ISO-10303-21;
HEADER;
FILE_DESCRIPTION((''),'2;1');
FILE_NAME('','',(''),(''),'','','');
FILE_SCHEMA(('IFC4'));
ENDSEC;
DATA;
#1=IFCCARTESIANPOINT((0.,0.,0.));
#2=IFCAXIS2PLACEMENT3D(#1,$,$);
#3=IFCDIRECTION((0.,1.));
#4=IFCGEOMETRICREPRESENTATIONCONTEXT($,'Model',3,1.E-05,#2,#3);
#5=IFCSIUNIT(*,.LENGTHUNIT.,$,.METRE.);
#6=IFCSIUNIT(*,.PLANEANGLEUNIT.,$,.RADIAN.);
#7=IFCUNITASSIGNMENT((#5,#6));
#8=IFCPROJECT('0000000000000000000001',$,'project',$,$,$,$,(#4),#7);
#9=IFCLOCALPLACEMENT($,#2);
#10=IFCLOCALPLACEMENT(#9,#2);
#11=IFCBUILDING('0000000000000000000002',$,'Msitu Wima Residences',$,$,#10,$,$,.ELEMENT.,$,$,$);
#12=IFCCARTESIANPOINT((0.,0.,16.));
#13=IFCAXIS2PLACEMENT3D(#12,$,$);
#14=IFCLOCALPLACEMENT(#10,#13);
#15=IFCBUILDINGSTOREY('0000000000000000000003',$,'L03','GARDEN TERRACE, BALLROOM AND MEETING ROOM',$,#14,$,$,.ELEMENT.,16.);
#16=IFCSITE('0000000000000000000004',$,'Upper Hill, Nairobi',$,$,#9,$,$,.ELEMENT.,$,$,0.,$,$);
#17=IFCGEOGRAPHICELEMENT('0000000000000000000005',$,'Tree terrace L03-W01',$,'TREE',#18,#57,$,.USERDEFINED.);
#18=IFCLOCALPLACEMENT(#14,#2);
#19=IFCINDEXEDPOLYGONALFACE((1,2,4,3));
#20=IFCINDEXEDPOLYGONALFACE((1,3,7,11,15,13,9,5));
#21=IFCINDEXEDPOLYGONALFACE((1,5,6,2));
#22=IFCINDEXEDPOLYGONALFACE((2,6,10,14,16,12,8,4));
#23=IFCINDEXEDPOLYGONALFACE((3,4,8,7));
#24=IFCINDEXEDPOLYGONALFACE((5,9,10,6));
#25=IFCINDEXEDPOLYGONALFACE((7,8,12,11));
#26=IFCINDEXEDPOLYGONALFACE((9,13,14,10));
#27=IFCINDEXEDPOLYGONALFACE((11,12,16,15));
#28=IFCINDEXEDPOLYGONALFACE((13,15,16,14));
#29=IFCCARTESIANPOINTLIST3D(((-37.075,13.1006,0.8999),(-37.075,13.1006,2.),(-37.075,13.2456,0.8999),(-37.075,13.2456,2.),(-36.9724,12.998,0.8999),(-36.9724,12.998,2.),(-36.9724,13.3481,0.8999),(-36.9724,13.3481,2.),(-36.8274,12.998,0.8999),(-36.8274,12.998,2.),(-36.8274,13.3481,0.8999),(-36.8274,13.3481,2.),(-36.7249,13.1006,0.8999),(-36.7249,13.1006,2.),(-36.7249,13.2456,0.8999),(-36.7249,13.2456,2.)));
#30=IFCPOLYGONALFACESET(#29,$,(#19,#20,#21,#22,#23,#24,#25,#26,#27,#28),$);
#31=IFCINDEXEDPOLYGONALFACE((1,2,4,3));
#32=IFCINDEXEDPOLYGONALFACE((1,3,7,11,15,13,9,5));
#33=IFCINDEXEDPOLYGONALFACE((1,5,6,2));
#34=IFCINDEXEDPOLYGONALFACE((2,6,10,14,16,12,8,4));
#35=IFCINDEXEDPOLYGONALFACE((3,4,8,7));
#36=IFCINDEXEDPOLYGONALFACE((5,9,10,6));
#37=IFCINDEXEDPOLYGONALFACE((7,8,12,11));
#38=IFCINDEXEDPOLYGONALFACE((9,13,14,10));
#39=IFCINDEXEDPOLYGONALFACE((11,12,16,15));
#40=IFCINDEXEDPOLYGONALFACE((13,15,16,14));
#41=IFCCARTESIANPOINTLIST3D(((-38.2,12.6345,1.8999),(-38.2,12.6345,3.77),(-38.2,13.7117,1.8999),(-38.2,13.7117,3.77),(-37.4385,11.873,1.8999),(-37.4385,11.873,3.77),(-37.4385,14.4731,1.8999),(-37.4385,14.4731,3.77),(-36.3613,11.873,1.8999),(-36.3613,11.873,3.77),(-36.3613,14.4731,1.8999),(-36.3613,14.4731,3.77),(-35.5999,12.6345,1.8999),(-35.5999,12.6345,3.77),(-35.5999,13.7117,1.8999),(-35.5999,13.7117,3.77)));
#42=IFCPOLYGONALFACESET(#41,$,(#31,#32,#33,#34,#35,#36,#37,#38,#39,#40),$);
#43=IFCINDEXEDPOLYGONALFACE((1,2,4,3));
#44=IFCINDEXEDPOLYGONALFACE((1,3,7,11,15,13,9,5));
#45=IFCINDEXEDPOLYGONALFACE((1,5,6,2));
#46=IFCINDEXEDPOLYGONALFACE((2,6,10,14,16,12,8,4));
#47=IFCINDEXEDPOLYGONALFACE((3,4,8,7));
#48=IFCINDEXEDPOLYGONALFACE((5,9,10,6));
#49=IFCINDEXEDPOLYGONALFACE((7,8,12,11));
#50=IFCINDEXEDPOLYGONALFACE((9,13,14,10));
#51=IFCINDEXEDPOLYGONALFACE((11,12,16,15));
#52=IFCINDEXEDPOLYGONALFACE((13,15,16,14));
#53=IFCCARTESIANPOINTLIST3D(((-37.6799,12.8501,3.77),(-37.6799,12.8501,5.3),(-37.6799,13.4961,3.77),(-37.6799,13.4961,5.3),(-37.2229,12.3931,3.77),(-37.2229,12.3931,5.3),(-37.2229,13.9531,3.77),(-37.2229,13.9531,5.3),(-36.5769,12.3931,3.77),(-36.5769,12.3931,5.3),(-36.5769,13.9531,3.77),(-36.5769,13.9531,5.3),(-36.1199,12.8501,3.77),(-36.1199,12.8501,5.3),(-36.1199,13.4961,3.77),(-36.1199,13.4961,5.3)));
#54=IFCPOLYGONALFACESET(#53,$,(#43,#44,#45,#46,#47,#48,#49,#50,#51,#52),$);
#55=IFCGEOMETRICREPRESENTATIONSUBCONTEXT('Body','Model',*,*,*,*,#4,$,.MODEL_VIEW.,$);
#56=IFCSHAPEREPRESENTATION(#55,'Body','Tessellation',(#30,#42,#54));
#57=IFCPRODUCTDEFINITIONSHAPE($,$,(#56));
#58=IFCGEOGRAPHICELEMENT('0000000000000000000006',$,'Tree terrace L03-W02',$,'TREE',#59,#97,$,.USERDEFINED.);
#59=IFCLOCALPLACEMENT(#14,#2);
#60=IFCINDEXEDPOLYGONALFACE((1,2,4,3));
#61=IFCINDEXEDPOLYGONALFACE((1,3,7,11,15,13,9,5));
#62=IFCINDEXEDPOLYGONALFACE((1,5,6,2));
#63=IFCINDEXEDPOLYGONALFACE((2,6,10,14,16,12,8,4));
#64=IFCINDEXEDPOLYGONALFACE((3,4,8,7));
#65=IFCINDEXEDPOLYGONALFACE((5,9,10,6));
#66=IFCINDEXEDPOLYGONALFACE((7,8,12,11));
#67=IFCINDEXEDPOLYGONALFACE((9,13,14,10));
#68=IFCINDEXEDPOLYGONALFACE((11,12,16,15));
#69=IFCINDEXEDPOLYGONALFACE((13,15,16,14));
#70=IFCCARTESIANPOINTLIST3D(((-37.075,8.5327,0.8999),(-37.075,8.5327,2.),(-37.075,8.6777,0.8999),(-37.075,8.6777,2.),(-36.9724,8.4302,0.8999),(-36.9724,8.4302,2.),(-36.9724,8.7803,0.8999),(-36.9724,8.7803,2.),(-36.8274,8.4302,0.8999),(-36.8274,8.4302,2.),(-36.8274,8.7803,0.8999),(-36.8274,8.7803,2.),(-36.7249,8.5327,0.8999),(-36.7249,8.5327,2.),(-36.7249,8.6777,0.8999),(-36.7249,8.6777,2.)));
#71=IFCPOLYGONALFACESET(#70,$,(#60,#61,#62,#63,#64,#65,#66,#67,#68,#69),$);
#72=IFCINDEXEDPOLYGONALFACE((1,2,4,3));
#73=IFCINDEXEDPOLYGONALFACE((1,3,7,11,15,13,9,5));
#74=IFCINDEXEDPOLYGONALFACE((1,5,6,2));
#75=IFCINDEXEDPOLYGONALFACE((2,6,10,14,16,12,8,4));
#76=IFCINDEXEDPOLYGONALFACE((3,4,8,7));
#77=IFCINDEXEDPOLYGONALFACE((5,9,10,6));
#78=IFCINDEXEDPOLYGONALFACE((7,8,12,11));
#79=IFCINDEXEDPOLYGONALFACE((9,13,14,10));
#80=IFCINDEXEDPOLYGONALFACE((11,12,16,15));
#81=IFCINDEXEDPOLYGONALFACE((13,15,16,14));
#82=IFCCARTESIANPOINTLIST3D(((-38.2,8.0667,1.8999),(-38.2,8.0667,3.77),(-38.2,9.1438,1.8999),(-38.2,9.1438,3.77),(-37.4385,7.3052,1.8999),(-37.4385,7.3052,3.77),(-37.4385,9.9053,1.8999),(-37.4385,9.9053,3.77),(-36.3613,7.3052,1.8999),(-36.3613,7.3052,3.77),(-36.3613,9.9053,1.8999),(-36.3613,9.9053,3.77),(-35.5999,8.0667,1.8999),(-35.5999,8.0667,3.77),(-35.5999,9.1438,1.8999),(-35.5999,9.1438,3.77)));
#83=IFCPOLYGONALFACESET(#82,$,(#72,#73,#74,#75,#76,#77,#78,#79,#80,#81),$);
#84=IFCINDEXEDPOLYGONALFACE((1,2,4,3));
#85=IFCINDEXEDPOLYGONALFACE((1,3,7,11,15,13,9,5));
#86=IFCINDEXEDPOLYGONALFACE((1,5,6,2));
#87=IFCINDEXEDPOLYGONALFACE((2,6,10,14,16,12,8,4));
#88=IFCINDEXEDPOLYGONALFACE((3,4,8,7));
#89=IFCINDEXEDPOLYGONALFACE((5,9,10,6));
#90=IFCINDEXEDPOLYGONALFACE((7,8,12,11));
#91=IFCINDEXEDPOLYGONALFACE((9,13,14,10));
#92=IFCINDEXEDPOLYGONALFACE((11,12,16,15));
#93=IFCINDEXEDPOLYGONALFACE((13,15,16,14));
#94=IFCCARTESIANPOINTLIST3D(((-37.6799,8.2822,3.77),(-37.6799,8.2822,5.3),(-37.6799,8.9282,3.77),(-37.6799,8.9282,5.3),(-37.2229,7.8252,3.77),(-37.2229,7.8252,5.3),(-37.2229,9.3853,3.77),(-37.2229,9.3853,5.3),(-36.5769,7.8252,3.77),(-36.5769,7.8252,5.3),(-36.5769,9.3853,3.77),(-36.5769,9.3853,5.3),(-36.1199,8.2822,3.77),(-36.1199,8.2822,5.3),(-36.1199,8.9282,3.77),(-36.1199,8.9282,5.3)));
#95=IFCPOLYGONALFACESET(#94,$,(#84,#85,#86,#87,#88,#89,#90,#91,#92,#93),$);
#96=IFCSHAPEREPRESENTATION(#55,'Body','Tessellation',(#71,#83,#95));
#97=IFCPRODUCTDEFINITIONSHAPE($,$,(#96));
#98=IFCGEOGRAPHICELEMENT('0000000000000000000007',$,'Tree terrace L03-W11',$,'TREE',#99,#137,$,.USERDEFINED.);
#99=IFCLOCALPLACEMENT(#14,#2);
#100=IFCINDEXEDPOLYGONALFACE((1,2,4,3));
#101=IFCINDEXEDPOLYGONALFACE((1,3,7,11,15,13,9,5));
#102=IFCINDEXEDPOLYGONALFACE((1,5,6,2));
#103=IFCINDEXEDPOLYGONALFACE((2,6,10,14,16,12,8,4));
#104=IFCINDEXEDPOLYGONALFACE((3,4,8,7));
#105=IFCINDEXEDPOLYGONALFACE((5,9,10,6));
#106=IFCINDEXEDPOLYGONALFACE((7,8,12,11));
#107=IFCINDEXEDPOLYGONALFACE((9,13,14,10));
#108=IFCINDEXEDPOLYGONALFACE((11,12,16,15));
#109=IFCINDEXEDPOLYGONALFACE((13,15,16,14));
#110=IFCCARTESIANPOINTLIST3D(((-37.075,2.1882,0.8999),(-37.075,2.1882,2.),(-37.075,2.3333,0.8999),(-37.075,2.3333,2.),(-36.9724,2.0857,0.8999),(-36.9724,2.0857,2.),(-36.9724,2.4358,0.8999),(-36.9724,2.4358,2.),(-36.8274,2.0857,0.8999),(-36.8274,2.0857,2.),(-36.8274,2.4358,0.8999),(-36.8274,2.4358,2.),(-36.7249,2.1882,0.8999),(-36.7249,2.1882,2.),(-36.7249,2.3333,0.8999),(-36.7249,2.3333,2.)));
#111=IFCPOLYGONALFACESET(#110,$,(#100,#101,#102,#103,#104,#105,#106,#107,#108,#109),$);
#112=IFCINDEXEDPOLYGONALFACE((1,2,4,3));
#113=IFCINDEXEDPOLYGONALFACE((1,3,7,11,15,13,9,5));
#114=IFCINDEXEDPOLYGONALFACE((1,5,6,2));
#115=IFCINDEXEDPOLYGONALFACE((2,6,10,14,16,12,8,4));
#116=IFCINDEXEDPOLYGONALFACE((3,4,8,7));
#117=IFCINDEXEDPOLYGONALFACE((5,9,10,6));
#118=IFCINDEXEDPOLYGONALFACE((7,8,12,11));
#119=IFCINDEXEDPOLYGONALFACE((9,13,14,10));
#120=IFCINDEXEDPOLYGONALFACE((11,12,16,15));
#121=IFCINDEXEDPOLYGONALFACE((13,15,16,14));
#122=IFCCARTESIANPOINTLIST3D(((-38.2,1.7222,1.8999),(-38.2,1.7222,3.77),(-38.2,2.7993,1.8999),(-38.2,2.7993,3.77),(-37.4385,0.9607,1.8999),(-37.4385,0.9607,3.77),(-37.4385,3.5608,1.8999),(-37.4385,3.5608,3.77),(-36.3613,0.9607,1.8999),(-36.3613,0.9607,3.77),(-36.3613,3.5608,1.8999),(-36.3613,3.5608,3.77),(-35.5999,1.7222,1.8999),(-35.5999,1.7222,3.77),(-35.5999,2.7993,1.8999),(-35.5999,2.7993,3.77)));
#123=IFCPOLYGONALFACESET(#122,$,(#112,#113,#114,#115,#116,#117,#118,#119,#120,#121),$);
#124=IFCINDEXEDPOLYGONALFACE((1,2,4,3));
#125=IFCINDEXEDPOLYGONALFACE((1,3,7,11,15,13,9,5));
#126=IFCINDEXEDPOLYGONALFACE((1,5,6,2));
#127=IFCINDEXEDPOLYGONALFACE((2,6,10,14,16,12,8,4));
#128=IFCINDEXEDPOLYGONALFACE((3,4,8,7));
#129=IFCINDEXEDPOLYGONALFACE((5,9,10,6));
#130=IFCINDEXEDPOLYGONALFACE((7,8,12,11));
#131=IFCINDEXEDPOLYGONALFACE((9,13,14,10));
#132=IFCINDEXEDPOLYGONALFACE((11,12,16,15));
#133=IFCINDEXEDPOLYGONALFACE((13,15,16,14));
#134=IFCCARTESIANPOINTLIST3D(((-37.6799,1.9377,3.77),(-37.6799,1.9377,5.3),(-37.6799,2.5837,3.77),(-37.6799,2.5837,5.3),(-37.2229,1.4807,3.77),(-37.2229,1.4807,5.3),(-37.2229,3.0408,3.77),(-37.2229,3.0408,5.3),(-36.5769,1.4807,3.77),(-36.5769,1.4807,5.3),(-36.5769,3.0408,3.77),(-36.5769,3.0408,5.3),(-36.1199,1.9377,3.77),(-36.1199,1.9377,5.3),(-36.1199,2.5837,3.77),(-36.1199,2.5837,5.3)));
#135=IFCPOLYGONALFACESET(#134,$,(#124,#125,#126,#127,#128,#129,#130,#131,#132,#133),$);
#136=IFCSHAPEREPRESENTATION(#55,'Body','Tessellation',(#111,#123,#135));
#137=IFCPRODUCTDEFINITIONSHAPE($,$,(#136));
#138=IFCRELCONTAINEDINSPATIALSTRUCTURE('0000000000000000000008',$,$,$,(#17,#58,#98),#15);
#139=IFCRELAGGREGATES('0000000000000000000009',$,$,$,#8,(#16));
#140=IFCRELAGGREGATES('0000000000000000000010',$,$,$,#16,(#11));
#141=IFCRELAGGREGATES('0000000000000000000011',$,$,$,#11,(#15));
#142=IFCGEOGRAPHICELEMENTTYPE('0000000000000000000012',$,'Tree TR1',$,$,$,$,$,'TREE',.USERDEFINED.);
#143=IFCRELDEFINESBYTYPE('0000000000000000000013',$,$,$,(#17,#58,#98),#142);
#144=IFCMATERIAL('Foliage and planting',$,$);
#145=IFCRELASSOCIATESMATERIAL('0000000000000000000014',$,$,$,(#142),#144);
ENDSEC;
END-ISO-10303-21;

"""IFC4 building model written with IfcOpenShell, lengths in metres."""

from ifc_helpers import new_model, si_unit, direction, frame, origin, place, context, subcontext, project, spatial, polyline, outline, extrude, material, type_object, element, save


model = new_model("IFC4")

# Units and contexts
model_context = context("Model", 3, precision=1e-05, world=origin(), true_north=direction((0.0, 1.0)))
body_context = subcontext(model_context, "Body", "Model", "MODEL_VIEW")
ifc_project = project(units=[si_unit("LENGTHUNIT", "METRE"), si_unit("PLANEANGLEUNIT", "RADIAN")], contexts=[model_context])

# Site, building, storey
site_placement = place(None, origin())
site = spatial("IfcSite", under=ifc_project, at=site_placement, Name="Upper Hill, Nairobi", CompositionType="ELEMENT", RefElevation=0.0)
building_placement = place(site_placement, origin())
building = spatial("IfcBuilding", under=site, at=building_placement, Name="Msitu Wima Residences", CompositionType="ELEMENT")
storey_placement = place(building_placement, frame((0.0, 0.0, 16.0)))
storey = spatial("IfcBuildingStorey", under=building, at=storey_placement, Name="L03", Description="GARDEN TERRACE, BALLROOM AND MEETING ROOM", CompositionType="ELEMENT", Elevation=16.0)

# Geographic elements
ifc_material_1 = material(Name="Foliage and planting")
geographic_element_type = type_object("IfcGeographicElementType", Name="Tree TR1", ElementType="TREE", PredefinedType="USERDEFINED", material=ifc_material_1)
for number, where, z_axis, x_axis, name in (
    (1, (-36.8999, 13.1731, 0.8999), (0.0, 0.0, 1.0), (1.0, 0.0, 0.0), "Tree terrace L03-W01"),
    (2, (-36.8999, 8.6052, 0.8999), (0.0, 0.0, 1.0), (1.0, 0.0, 0.0), "Tree terrace L03-W02"),
    (3, (-36.8999, 2.2607, 0.8999), (0.0, 0.0, 1.0), (1.0, 0.0, 0.0), "Tree terrace L03-W11"),
):
    element("IfcGeographicElement", number, at=place(storey_placement, frame(where, z_axis=z_axis, x_axis=x_axis)), inside=storey, type_object=geographic_element_type, Name=name, ObjectType="TREE", PredefinedType="USERDEFINED", context=body_context, shape_type="SweptSolid", body=[
        extrude(outline(polyline([(0.175, 0.0725), (0.0725, 0.175), (-0.0725, 0.175), (-0.175, 0.0725), (-0.175, -0.0725), (-0.0725, -0.175), (0.0725, -0.175), (0.175, -0.0725), (0.175, 0.0725)])), origin(), (0.0, 0.0, 1.0), 1.1001),
        extrude(outline(polyline([(1.3, 0.5386), (0.5386, 1.3), (-0.5386, 1.3), (-1.3, 0.5386), (-1.3, -0.5386), (-0.5386, -1.3), (0.5386, -1.3), (1.3, -0.5386), (1.3, 0.5386)])), frame((0.0, 0.0, 1.0)), (0.0, 0.0, 1.0), 1.8701),
        extrude(outline(polyline([(0.78, 0.323), (0.323, 0.78), (-0.323, 0.78), (-0.78, 0.323), (-0.78, -0.323), (-0.323, -0.78), (0.323, -0.78), (0.78, -0.323), (0.78, 0.323)])), frame((0.0, 0.0, 2.8701)), (0.0, 0.0, 1.0), 1.53),
    ])

save(model, "model.ifc")
